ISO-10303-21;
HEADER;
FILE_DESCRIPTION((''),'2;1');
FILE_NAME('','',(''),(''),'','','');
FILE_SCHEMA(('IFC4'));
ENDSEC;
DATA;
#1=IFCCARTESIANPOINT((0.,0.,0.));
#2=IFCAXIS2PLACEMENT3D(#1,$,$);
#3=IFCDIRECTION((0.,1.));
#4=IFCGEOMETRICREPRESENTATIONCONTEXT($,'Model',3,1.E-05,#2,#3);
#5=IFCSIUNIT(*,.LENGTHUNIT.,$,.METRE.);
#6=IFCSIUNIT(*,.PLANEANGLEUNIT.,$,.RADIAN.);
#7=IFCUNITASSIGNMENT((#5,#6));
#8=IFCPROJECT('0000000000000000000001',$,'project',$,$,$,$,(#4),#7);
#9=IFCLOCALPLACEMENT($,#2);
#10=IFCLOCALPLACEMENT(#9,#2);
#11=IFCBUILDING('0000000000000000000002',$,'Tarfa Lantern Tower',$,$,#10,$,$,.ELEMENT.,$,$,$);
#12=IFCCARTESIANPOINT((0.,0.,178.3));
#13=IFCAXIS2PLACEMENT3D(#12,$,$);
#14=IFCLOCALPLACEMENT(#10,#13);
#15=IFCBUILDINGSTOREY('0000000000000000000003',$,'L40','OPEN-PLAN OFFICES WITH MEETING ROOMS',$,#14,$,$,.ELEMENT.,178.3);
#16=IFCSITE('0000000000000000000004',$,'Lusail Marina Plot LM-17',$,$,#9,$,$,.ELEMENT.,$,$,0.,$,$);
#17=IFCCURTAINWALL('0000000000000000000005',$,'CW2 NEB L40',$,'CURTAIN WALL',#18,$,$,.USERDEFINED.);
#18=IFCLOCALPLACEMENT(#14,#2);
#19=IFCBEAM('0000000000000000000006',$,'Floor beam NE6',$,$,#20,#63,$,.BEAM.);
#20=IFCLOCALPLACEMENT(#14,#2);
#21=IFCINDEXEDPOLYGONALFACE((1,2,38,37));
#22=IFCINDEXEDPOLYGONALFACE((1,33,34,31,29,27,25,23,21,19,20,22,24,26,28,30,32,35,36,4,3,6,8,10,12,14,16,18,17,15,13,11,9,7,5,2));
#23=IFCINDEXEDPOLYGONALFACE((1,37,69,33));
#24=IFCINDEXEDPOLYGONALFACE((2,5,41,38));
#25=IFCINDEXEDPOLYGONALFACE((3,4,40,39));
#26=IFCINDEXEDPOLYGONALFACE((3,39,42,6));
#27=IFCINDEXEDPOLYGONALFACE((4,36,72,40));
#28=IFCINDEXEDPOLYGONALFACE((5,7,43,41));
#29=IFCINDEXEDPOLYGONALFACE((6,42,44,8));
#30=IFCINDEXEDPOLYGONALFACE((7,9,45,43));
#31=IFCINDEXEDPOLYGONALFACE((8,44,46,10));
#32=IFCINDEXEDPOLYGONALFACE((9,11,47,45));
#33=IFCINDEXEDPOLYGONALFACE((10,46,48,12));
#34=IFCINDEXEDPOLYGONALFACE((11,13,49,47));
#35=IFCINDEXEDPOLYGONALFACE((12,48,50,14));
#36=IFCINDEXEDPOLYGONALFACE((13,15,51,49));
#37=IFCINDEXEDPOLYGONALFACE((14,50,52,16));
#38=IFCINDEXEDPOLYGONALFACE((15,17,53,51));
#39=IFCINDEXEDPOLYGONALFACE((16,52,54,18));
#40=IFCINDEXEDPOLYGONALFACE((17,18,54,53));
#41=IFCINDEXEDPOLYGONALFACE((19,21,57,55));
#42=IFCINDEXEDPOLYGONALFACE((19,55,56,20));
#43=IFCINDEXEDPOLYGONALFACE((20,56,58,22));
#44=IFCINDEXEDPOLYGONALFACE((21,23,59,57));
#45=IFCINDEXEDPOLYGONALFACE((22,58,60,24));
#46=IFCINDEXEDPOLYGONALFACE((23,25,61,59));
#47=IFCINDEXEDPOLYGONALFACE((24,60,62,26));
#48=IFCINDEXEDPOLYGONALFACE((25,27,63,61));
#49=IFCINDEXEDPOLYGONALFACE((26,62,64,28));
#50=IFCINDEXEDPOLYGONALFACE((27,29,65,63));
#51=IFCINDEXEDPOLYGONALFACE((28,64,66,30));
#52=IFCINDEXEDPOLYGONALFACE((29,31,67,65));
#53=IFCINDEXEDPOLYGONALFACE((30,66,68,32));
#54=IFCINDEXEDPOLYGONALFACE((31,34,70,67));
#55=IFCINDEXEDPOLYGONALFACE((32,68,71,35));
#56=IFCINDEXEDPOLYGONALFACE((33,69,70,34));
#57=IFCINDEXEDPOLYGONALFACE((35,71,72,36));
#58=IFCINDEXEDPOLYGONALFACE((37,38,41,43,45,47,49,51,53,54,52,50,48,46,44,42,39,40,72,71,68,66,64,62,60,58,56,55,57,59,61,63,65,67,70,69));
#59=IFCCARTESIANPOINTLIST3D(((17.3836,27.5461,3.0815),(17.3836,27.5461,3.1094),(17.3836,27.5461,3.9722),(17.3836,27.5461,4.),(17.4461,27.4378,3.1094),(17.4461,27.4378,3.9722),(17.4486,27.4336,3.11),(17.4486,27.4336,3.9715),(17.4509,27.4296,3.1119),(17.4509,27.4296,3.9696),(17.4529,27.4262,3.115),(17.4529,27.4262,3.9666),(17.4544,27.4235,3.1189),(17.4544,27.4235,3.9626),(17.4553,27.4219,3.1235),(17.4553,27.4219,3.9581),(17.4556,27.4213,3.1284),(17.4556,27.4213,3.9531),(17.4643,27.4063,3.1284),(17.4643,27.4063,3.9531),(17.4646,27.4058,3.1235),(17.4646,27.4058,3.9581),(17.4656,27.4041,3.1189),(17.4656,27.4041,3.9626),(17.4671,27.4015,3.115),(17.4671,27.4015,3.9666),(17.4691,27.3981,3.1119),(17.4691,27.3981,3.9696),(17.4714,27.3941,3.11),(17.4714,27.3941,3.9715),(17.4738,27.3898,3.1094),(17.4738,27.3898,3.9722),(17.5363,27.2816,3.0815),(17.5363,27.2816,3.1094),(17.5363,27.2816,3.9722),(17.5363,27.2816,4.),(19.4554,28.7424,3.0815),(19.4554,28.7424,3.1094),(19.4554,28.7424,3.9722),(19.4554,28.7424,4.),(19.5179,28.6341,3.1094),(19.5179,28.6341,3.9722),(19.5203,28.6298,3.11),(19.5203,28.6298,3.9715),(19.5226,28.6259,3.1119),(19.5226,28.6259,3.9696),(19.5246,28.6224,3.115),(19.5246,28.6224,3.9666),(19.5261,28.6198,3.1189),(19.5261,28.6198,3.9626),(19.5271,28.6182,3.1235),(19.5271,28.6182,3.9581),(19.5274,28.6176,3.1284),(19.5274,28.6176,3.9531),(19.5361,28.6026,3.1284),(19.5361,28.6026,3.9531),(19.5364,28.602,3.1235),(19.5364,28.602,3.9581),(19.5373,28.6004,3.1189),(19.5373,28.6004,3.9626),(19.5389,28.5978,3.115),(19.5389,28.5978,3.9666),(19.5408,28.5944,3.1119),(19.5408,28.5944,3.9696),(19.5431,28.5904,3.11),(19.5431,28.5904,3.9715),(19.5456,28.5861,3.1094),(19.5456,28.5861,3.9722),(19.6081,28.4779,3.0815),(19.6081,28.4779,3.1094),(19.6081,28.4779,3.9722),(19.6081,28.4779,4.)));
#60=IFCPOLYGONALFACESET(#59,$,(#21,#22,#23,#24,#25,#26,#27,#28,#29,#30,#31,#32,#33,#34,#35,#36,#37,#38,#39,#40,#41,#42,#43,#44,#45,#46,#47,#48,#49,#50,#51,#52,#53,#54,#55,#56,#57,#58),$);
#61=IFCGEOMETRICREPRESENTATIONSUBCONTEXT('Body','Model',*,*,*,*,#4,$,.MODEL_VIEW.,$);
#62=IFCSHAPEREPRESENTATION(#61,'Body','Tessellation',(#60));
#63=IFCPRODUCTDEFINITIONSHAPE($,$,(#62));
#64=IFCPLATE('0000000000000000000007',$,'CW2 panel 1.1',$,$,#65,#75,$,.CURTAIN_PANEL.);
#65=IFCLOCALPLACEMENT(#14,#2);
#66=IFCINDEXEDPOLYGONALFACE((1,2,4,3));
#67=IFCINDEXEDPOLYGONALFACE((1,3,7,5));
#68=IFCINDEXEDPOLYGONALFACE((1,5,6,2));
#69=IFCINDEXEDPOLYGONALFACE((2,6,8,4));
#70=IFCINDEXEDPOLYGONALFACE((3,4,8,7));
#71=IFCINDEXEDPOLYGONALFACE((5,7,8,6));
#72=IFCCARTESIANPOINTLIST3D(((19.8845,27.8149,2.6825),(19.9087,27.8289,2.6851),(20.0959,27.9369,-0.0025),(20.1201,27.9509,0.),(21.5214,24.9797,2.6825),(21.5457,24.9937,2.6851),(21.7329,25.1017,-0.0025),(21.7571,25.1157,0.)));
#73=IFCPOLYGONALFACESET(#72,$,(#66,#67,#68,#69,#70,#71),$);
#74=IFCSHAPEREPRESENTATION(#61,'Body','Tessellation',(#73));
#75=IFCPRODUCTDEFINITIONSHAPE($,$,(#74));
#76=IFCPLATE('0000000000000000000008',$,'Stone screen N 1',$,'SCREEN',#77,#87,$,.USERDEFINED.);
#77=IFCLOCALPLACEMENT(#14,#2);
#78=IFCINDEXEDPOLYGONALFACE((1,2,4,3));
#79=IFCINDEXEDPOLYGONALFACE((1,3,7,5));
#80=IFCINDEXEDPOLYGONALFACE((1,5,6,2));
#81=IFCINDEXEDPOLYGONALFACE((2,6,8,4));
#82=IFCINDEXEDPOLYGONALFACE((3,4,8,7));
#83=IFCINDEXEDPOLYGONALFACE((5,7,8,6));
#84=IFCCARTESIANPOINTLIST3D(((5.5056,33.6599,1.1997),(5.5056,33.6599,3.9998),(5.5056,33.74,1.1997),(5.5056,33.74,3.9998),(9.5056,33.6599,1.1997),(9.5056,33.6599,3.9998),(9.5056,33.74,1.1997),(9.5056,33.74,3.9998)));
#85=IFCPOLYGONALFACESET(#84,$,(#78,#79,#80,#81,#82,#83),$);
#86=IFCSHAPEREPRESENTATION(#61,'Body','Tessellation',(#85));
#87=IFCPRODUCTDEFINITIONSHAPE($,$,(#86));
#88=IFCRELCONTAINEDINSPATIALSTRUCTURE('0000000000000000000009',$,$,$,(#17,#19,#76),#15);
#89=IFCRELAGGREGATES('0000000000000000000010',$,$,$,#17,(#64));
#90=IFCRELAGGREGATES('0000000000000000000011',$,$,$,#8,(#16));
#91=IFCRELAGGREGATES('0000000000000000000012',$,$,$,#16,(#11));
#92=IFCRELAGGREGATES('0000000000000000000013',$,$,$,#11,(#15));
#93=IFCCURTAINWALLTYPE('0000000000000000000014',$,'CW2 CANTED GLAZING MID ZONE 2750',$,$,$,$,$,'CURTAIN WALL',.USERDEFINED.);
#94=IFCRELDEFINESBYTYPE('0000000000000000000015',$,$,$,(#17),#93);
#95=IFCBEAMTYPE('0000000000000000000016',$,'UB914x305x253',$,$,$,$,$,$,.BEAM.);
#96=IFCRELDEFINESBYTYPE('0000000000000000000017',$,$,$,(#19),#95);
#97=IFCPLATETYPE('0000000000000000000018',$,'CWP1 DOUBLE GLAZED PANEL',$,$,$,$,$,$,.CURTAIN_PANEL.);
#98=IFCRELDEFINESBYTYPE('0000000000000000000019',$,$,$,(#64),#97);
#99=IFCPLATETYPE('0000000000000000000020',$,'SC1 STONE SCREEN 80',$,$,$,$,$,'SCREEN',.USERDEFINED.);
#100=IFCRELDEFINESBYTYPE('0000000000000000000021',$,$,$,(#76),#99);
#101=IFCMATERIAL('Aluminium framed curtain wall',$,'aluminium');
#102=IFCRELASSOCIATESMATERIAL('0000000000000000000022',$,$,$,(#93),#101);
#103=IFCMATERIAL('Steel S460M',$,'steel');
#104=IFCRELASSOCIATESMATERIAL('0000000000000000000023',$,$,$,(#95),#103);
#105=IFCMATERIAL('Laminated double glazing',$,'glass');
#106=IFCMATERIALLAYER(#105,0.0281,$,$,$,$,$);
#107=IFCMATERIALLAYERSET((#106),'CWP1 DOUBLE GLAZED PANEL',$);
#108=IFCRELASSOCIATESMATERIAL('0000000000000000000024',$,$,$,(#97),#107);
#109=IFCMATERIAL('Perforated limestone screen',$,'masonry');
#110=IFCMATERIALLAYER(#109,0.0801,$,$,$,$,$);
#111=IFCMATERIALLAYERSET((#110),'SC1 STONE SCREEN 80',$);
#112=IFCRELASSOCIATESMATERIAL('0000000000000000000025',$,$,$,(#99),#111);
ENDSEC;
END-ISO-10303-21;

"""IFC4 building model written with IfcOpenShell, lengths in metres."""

from ifc_helpers import new_model, si_unit, direction, frame, origin, origin_2d, place, context, subcontext, project, spatial, polyline, rectangle, i_section, outline, extrude, material, layer, layer_set, material_profile, profile_set, type_object, element, aggregate, save


model = new_model("IFC4")

# Units and contexts
model_context = context("Model", 3, precision=1e-05, world=origin(), true_north=direction((0.0, 1.0)))
body_context = subcontext(model_context, "Body", "Model", "MODEL_VIEW")
ifc_project = project(units=[si_unit("LENGTHUNIT", "METRE"), si_unit("PLANEANGLEUNIT", "RADIAN")], contexts=[model_context])

# Site, building, storey
site_placement = place(None, origin())
site = spatial("IfcSite", under=ifc_project, at=site_placement, Name="Lusail Marina Plot LM-17", CompositionType="ELEMENT", RefElevation=0.0)
building_placement = place(site_placement, origin())
building = spatial("IfcBuilding", under=site, at=building_placement, Name="Tarfa Lantern Tower", CompositionType="ELEMENT")
storey_placement = place(building_placement, frame((0.0, 0.0, 178.3)))
storey = spatial("IfcBuildingStorey", under=building, at=storey_placement, Name="L40", Description="OPEN-PLAN OFFICES WITH MEETING ROOMS", CompositionType="ELEMENT", Elevation=178.3)

# Shared definitions
ifc_material_1 = material(Name="Aluminium framed curtain wall", Category="aluminium")
curtain_wall_type = type_object("IfcCurtainWallType", Name="CW2 CANTED GLAZING MID ZONE 2750", ElementType="CURTAIN WALL", PredefinedType="USERDEFINED", material=ifc_material_1)

# Curtain wall
curtain_wall_1_placement = place(storey_placement, origin())
curtain_wall_1 = element("IfcCurtainWall", 1, at=curtain_wall_1_placement, inside=storey, type_object=curtain_wall_type, Name="CW2 NEB L40", ObjectType="CURTAIN WALL", PredefinedType="USERDEFINED")

# Beam
ifc_material_2 = material(Name="Steel S460M", Category="steel")
ifc_material_profile_1 = material_profile(ifc_material_2, i_section(OverallWidth=0.3054, OverallDepth=0.9185, WebThickness=0.0173, FlangeThickness=0.0278, FilletRadius=0.019, at=origin_2d()), Name="UB914x305x253")
ifc_profile_set_1 = profile_set([ifc_material_profile_1], Name="Steel S460M")
beam_type_1 = type_object("IfcBeamType", Name="UB914x305x253", PredefinedType="BEAM", material=ifc_profile_set_1)
beam_1_placement = place(storey_placement, frame((19.5317, 28.6101, 3.5408), z_axis=(-0.865999, -0.500046, 0.0), x_axis=(0.500046, -0.865999, 0.0)))
element("IfcBeam", 2, at=beam_1_placement, inside=storey, type_object=beam_type_1, Name="Floor beam NE6", PredefinedType="BEAM", context=body_context, shape_type="SweptSolid", body=[
    extrude(i_section(OverallWidth=0.3054, OverallDepth=0.9185, WebThickness=0.0173, FlangeThickness=0.0278, FilletRadius=0.019, at=origin_2d()), origin(), (0.0, 0.0, 1.0), 2.3923),
])

# Plates
ifc_material_3 = material(Name="Laminated double glazing", Category="glass")
ifc_layer_1 = layer(ifc_material_3, 0.0281)
ifc_layer_set_1 = layer_set([ifc_layer_1], Name="CWP1 DOUBLE GLAZED PANEL")
plate_type_1 = type_object("IfcPlateType", Name="CWP1 DOUBLE GLAZED PANEL", PredefinedType="CURTAIN_PANEL", material=ifc_layer_set_1)
plate_1_placement = place(storey_placement, frame((21.7571, 25.1157, 0.0), z_axis=(0.86246, 0.497959, 0.09055), x_axis=(-0.500013, 0.866018, 0.0)))
plate_1 = element("IfcPlate", 3, at=plate_1_placement, type_object=plate_type_1, Name="CW2 panel 1.1", PredefinedType="CURTAIN_PANEL", context=body_context, shape_type="SweptSolid", body=[
    extrude(outline(polyline([(0.0, 0.0), (3.2738, 0.0), (3.2738, 2.6961), (0.0, 2.6961), (0.0, 0.0)])), origin(), (0.0, 0.0, -1.0), 0.0281),
])
aggregate(curtain_wall_1, [plate_1])
ifc_material_4 = material(Name="Perforated limestone screen", Category="masonry")
ifc_layer_2 = layer(ifc_material_4, 0.0801)
ifc_layer_set_2 = layer_set([ifc_layer_2], Name="SC1 STONE SCREEN 80")
plate_type_2 = type_object("IfcPlateType", Name="SC1 STONE SCREEN 80", ElementType="SCREEN", PredefinedType="USERDEFINED", material=ifc_layer_set_2)
plate_2_placement = place(storey_placement, frame((7.5056, 33.7, 1.1997), z_axis=(0.0, 0.0, 1.0), x_axis=(-1.0, 0.0, 0.0)))
element("IfcPlate", 4, at=plate_2_placement, inside=storey, type_object=plate_type_2, Name="Stone screen N 1", ObjectType="SCREEN", PredefinedType="USERDEFINED", context=body_context, shape_type="SweptSolid", body=[
    extrude(rectangle(XDim=4.0, YDim=0.0801, at=origin_2d()), origin(), (0.0, 0.0, 1.0), 2.8),
])

save(model, "model.ifc")
